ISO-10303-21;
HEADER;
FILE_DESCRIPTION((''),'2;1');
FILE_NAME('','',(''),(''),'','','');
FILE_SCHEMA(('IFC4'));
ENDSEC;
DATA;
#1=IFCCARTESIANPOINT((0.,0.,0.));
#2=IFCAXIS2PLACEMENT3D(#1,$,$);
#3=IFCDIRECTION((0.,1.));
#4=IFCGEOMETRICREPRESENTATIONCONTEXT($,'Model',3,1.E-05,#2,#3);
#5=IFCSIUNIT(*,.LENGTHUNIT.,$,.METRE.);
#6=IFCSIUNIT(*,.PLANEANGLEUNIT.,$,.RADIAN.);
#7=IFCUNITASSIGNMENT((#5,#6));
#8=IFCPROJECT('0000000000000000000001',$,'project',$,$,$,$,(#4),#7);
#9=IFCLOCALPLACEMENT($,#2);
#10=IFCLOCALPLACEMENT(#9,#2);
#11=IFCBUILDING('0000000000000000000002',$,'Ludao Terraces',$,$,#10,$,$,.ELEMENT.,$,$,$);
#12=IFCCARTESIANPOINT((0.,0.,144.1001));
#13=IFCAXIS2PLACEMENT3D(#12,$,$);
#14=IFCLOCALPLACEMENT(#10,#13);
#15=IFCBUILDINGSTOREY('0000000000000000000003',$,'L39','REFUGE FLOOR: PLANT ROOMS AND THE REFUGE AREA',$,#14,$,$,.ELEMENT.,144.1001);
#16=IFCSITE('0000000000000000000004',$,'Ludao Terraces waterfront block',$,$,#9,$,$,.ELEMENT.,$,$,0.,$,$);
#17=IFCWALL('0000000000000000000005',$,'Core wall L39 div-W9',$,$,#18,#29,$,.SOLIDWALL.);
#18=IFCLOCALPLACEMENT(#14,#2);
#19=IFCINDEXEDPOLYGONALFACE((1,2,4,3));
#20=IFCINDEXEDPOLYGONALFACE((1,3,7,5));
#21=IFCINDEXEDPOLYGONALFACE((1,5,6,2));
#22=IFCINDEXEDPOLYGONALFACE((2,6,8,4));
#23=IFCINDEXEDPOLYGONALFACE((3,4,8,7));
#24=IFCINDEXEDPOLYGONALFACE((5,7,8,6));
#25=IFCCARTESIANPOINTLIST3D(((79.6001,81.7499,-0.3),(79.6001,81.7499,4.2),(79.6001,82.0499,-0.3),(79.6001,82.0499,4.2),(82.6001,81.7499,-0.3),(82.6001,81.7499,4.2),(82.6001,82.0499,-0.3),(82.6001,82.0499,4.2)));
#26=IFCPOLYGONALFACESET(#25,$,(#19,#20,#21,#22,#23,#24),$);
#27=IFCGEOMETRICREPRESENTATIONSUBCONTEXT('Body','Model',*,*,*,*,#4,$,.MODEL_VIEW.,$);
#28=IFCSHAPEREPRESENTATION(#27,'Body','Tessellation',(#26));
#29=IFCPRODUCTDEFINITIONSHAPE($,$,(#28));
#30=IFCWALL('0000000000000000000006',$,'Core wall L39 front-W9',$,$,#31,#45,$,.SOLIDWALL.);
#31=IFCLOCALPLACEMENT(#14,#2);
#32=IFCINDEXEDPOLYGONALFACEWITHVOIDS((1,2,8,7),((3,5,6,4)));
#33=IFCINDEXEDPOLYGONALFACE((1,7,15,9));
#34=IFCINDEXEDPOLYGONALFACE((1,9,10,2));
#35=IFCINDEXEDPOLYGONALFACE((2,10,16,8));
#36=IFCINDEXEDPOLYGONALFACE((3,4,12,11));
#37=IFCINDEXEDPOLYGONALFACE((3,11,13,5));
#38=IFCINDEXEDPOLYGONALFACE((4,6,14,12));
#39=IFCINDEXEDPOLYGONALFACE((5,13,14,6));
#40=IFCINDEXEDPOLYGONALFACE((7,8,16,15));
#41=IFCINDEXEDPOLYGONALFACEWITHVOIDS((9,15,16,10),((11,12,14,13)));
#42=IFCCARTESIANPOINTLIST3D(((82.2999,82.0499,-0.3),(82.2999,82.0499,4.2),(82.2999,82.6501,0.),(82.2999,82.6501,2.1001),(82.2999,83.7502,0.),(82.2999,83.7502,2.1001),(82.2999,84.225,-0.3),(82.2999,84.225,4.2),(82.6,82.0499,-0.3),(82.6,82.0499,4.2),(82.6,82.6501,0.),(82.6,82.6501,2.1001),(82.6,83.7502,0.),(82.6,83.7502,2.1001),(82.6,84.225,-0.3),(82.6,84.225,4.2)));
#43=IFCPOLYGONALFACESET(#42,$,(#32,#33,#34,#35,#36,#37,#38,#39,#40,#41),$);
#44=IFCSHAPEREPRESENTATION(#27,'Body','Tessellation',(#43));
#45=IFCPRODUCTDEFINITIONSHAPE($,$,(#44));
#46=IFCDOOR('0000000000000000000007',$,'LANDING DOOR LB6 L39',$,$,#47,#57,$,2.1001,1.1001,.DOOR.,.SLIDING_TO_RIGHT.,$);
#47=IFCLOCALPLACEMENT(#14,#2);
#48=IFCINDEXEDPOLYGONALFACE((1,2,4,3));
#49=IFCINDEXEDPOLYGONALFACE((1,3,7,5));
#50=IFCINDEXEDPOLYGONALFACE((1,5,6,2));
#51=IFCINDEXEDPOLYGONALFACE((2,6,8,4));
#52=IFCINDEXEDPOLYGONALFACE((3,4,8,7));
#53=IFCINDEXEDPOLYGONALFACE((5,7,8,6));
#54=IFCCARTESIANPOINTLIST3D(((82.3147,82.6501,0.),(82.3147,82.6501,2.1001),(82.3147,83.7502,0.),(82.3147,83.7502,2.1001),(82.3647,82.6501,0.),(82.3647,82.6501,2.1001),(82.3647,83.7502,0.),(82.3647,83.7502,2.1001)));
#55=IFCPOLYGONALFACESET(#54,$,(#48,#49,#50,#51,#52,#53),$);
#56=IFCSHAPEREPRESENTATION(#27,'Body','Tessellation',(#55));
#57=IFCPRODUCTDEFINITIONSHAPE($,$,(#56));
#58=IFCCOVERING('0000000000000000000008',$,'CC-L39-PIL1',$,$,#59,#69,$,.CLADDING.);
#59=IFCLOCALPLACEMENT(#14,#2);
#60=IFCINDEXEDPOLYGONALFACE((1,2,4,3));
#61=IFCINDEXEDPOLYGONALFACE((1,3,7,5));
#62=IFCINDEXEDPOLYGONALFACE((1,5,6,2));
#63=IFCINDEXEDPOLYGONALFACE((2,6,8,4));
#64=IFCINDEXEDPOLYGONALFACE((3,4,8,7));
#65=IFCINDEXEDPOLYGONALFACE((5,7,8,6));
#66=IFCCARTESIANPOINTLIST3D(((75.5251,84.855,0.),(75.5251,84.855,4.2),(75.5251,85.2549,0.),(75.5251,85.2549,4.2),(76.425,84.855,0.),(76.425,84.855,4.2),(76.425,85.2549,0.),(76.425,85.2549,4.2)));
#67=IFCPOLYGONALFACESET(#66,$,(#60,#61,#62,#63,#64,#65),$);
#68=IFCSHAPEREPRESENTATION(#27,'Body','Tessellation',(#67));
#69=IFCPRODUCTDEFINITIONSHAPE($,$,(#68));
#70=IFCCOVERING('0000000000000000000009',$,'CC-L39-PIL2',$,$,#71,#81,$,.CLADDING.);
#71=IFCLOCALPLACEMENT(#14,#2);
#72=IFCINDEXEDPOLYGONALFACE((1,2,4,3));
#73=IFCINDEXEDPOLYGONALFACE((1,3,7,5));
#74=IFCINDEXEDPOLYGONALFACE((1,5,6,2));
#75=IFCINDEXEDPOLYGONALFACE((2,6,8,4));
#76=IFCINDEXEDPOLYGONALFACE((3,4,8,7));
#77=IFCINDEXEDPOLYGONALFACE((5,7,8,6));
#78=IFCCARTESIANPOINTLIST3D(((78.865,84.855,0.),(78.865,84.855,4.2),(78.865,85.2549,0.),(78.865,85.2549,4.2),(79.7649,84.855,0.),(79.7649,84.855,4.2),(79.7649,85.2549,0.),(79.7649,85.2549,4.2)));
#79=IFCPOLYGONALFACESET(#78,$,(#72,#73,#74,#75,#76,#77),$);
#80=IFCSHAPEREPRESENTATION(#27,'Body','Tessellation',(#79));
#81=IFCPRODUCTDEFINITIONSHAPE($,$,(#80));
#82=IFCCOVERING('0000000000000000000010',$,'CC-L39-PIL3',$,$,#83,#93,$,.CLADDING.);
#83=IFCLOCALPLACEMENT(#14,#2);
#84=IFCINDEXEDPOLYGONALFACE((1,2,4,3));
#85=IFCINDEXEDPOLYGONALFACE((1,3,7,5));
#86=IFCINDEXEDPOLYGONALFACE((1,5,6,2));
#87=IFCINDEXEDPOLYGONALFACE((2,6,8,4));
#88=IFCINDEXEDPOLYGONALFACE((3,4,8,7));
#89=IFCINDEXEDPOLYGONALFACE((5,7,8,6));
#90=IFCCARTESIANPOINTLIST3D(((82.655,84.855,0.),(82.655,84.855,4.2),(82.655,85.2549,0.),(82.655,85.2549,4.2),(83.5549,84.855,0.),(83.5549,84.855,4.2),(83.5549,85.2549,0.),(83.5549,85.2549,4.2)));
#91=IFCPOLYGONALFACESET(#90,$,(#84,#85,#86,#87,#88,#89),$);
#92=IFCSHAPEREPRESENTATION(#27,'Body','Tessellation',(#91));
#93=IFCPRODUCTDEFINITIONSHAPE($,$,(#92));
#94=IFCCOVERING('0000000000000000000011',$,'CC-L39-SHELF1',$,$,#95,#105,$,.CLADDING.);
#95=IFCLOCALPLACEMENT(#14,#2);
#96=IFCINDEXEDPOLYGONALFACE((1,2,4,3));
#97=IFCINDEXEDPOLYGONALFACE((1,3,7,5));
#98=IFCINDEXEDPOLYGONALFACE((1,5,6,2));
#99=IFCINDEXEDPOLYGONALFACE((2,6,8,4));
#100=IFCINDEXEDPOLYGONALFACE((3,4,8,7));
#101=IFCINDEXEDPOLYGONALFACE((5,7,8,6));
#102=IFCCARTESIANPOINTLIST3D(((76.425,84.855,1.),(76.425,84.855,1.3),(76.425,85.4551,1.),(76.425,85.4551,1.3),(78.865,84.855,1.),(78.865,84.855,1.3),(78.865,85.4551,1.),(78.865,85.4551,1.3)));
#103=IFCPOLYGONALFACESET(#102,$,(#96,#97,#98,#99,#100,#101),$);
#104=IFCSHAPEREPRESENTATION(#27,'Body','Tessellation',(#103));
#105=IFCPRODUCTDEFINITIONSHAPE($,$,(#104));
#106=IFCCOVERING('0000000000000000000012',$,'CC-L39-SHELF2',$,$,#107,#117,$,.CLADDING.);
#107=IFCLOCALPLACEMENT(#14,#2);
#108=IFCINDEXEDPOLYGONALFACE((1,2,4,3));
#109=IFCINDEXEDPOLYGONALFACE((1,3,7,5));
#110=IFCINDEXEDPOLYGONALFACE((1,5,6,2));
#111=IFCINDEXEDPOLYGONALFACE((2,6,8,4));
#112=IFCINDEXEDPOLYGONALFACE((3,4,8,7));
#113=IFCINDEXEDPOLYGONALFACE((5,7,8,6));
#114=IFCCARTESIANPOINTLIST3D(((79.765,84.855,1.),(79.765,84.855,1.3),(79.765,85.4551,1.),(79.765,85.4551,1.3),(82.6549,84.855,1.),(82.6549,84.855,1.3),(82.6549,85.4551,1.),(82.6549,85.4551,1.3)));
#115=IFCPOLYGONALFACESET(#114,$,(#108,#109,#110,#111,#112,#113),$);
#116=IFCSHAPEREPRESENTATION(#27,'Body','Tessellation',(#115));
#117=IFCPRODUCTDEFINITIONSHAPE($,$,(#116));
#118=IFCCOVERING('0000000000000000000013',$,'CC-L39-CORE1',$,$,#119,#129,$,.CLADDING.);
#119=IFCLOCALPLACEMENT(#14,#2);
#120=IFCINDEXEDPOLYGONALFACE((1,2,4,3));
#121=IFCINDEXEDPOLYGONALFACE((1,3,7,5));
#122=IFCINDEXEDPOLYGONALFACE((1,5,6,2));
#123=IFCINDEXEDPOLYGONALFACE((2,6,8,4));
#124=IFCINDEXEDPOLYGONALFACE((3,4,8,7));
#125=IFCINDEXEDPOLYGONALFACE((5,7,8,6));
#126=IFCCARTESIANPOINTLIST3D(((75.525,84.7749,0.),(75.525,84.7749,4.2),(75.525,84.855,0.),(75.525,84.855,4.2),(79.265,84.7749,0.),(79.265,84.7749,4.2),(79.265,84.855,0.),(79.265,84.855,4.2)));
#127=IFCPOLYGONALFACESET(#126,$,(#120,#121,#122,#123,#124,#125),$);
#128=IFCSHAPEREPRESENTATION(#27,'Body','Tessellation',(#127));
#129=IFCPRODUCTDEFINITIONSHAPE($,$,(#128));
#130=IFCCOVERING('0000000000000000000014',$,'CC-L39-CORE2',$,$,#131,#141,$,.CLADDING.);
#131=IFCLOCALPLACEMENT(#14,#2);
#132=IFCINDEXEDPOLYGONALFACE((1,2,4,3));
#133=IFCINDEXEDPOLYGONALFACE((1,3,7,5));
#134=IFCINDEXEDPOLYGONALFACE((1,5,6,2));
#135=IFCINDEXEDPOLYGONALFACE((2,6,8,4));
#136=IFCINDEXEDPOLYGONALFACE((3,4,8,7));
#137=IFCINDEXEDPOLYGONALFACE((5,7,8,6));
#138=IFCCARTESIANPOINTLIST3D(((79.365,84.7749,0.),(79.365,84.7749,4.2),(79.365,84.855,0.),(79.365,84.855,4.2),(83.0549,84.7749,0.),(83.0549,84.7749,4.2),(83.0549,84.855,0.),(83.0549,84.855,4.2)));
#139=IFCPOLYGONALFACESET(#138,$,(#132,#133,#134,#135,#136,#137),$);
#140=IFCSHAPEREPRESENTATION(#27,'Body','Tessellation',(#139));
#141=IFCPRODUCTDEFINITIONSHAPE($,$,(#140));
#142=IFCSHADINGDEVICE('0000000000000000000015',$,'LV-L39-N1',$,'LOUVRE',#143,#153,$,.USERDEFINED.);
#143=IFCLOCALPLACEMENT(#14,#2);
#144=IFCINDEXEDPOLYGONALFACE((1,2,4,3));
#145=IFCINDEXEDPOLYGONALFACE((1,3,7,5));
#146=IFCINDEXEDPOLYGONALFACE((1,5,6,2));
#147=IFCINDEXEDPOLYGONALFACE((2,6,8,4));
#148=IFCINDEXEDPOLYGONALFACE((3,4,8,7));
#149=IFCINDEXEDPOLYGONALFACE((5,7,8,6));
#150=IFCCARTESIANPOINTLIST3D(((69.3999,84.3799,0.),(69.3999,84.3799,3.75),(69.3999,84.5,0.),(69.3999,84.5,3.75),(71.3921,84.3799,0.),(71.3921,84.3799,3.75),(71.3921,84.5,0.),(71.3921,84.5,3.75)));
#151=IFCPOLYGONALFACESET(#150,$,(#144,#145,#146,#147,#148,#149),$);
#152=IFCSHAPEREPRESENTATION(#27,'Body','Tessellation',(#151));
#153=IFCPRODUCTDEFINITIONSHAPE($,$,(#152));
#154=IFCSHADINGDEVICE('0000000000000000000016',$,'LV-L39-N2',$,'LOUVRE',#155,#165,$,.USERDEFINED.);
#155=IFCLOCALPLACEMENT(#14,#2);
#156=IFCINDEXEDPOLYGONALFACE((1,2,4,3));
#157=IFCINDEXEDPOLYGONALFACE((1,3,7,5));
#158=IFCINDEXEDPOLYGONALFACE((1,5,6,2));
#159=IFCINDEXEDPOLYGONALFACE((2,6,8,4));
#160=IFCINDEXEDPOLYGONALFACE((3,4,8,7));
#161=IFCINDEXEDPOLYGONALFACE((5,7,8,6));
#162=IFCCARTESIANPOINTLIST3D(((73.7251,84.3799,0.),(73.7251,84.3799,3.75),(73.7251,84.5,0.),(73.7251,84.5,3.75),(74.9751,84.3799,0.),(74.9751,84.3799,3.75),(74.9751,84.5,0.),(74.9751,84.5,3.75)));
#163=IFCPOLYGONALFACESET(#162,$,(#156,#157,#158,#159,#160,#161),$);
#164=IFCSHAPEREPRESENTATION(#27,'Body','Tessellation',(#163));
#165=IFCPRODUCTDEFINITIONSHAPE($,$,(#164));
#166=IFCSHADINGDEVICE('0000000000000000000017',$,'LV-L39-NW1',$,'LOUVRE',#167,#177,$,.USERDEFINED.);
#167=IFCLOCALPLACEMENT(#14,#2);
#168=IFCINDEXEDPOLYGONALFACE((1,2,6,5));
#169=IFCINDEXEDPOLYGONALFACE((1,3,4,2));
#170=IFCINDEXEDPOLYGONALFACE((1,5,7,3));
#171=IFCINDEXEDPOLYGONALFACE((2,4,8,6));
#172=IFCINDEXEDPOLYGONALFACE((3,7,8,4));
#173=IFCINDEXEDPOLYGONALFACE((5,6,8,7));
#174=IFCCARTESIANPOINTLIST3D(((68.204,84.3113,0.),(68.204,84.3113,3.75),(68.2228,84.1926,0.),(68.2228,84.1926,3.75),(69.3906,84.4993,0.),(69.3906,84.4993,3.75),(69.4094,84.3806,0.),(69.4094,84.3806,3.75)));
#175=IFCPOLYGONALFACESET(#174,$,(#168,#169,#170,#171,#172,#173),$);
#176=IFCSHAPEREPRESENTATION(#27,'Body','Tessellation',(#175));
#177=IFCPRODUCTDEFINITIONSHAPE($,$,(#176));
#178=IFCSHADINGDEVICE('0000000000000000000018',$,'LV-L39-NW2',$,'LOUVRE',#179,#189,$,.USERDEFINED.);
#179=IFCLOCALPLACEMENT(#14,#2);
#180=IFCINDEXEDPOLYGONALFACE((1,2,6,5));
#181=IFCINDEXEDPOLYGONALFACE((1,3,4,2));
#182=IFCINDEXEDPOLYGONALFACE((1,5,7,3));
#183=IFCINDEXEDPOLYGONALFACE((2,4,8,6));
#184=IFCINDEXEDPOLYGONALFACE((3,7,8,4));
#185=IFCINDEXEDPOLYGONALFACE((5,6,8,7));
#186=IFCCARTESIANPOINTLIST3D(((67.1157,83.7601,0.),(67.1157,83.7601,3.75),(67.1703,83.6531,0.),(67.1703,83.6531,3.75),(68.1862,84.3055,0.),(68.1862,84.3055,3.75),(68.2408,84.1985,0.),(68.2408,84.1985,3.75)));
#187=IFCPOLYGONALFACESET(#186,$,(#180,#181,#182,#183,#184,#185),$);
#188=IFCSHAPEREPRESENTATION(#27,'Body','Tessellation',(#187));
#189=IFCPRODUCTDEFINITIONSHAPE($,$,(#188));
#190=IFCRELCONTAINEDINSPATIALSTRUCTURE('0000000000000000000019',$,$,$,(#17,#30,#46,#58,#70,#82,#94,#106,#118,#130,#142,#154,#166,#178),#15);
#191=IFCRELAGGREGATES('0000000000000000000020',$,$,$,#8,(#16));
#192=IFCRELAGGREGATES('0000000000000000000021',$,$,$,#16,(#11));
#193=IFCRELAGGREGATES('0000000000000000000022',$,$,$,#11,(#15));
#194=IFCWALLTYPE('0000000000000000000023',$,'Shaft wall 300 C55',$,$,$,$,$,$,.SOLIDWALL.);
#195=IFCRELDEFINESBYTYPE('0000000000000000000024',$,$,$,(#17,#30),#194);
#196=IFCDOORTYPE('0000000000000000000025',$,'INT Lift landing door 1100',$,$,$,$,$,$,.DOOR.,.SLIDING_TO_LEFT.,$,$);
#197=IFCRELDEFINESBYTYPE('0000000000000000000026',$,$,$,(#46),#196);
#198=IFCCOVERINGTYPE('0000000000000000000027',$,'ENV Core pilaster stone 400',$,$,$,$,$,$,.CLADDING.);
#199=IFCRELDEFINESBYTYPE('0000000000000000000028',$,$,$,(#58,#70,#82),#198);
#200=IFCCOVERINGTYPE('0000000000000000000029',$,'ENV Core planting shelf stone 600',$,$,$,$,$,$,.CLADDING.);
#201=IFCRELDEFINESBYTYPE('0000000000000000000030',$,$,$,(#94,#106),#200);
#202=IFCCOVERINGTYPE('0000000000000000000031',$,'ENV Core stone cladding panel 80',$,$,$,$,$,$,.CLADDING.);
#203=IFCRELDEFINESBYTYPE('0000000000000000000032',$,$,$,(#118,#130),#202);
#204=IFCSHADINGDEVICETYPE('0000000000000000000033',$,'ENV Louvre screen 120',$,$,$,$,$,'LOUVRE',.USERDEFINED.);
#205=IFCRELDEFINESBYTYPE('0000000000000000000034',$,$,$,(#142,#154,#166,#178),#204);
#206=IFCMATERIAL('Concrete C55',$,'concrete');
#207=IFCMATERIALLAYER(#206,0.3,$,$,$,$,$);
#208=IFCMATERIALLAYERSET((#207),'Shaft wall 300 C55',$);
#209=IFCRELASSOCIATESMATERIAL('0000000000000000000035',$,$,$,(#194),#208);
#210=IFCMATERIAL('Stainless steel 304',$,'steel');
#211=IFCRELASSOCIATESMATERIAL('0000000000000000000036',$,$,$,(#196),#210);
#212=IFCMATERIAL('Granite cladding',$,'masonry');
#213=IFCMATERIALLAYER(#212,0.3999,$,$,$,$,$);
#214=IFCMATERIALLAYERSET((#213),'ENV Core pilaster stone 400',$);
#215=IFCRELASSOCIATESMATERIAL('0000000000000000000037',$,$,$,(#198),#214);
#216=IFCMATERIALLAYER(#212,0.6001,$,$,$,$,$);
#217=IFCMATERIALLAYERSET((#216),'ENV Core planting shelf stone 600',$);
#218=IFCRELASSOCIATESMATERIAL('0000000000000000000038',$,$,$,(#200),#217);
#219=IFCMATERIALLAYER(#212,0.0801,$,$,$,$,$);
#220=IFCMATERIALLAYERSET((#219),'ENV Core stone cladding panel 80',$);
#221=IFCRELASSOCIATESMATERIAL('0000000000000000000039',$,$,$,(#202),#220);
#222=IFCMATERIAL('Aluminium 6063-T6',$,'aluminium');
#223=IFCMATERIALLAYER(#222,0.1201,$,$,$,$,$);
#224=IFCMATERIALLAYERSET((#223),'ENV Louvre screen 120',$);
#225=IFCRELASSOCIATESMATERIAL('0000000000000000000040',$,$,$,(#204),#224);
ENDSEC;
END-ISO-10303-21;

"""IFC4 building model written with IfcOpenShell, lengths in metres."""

from ifc_helpers import new_model, si_unit, direction, frame, frame_2d, origin, origin_2d, place, context, subcontext, project, spatial, rectangle, extrude, material, layer, layer_set, type_object, element, fill, save


model = new_model("IFC4")

# Units and contexts
model_context = context("Model", 3, precision=1e-05, world=origin(), true_north=direction((0.0, 1.0)))
body_context = subcontext(model_context, "Body", "Model", "MODEL_VIEW")
ifc_project = project(units=[si_unit("LENGTHUNIT", "METRE"), si_unit("PLANEANGLEUNIT", "RADIAN")], contexts=[model_context])

# Site, building, storey
site_placement = place(None, origin())
site = spatial("IfcSite", under=ifc_project, at=site_placement, Name="Ludao Terraces waterfront block", CompositionType="ELEMENT", RefElevation=0.0)
building_placement = place(site_placement, origin())
building = spatial("IfcBuilding", under=site, at=building_placement, Name="Ludao Terraces", CompositionType="ELEMENT")
storey_placement = place(building_placement, frame((0.0, 0.0, 144.1001)))
storey = spatial("IfcBuildingStorey", under=building, at=storey_placement, Name="L39", Description="REFUGE FLOOR: PLANT ROOMS AND THE REFUGE AREA", CompositionType="ELEMENT", Elevation=144.1001)

# Shared definitions
ifc_material_1 = material(Name="Concrete C55", Category="concrete")
ifc_layer_1 = layer(ifc_material_1, 0.3)
ifc_layer_set_1 = layer_set([ifc_layer_1], Name="Shaft wall 300 C55")
wall_type_1 = type_object("IfcWallType", Name="Shaft wall 300 C55", PredefinedType="SOLIDWALL", material=ifc_layer_set_1)

# Shared definitions
ifc_material_2 = material(Name="Stainless steel 304", Category="steel")
door_type = type_object("IfcDoorType", Name="INT Lift landing door 1100", OperationType="SLIDING_TO_LEFT", PredefinedType="DOOR", material=ifc_material_2)

# Wall
wall_1_placement = place(storey_placement, frame((79.6001, 81.8999, -0.3), z_axis=(0.0, 0.0, 1.0), x_axis=(1.0, 0.0, 0.0)))
element("IfcWall", 1, at=wall_1_placement, inside=storey, type_object=wall_type_1, Name="Core wall L39 div-W9", PredefinedType="SOLIDWALL", context=body_context, shape_type="SweptSolid", body=[
    extrude(rectangle(XDim=3.0, YDim=0.3, at=frame_2d((1.5, 0.0))), origin(), (0.0, 0.0, 1.0), 4.5),
])

# Wall, opening, door
wall_2_placement = place(storey_placement, frame((82.45, 82.05, -0.3), z_axis=(0.0, 0.0, 1.0), x_axis=(0.0, 1.0, 0.0)))
wall_2 = element("IfcWall", 2, at=wall_2_placement, inside=storey, type_object=wall_type_1, Name="Core wall L39 front-W9", PredefinedType="SOLIDWALL", context=body_context, shape_type="SweptSolid", body=[
    extrude(rectangle(XDim=2.175, YDim=0.3, at=frame_2d((1.0874, 0.0))), origin(), (0.0, 0.0, 1.0), 4.5),
])
opening_1_placement = place(wall_2_placement, frame((0.6001, 0.0, 0.3)))
opening_1 = element("IfcOpeningElement", 3, at=opening_1_placement, cuts=wall_2, PredefinedType="OPENING", context=body_context, shape_type="SweptSolid", body=[
    extrude(rectangle(XDim=1.1001, YDim=2.1001, at=frame_2d((0.55, 1.05))), frame((0.0, 0.1602, 0.0), z_axis=(0.0, -1.0, 0.0), x_axis=(1.0, 0.0, 0.0)), (0.0, 0.0, 1.0), 0.3201),
])
door_1_placement = place(opening_1_placement, origin())
door_1 = element("IfcDoor", 4, at=door_1_placement, inside=storey, type_object=door_type, Name="LANDING DOOR LB6 L39", OperationType="SLIDING_TO_RIGHT", OverallHeight=2.1001, OverallWidth=1.1001, PredefinedType="DOOR", context=body_context, shape_type="SweptSolid", body=[
    extrude(rectangle(XDim=1.1001, YDim=2.1001, at=frame_2d((0.55, 1.05))), frame((0.0, 0.1353, 0.0), z_axis=(0.0, -1.0, 0.0), x_axis=(1.0, 0.0, 0.0)), (0.0, 0.0, 1.0), 0.05),
])
fill(opening_1, door_1)

# Coverings
ifc_material_3 = material(Name="Granite cladding", Category="masonry")
ifc_layer_2 = layer(ifc_material_3, 0.3999)
ifc_layer_set_2 = layer_set([ifc_layer_2], Name="ENV Core pilaster stone 400")
covering_type_1 = type_object("IfcCoveringType", Name="ENV Core pilaster stone 400", PredefinedType="CLADDING", material=ifc_layer_set_2)
for number, where, z_axis, x_axis, name in (
    (5, (75.9751, 85.0549, 0.0), (0.0, 0.0, 1.0), (1.0, 0.0, 0.0), "CC-L39-PIL1"),
    (6, (79.3149, 85.0549, 0.0), (0.0, 0.0, 1.0), (1.0, 0.0, 0.0), "CC-L39-PIL2"),
    (7, (83.105, 85.0549, 0.0), (0.0, 0.0, 1.0), (1.0, 0.0, 0.0), "CC-L39-PIL3"),
):
    element("IfcCovering", number, at=place(storey_placement, frame(where, z_axis=z_axis, x_axis=x_axis)), inside=storey, type_object=covering_type_1, Name=name, PredefinedType="CLADDING", context=body_context, shape_type="SweptSolid", body=[
        extrude(rectangle(XDim=0.8999, YDim=0.3999, at=origin_2d()), origin(), (0.0, 0.0, 1.0), 4.2),
    ])
ifc_layer_3 = layer(ifc_material_3, 0.6001)
ifc_layer_set_3 = layer_set([ifc_layer_3], Name="ENV Core planting shelf stone 600")
covering_type_2 = type_object("IfcCoveringType", Name="ENV Core planting shelf stone 600", PredefinedType="CLADDING", material=ifc_layer_set_3)
covering_1_placement = place(storey_placement, frame((77.645, 85.155, 1.0), z_axis=(0.0, 0.0, 1.0), x_axis=(1.0, 0.0, 0.0)))
element("IfcCovering", 8, at=covering_1_placement, inside=storey, type_object=covering_type_2, Name="CC-L39-SHELF1", PredefinedType="CLADDING", context=body_context, shape_type="SweptSolid", body=[
    extrude(rectangle(XDim=2.4399, YDim=0.6001, at=origin_2d()), origin(), (0.0, 0.0, 1.0), 0.3),
])
covering_2_placement = place(storey_placement, frame((81.21, 85.155, 1.0), z_axis=(0.0, 0.0, 1.0), x_axis=(1.0, 0.0, 0.0)))
element("IfcCovering", 9, at=covering_2_placement, inside=storey, type_object=covering_type_2, Name="CC-L39-SHELF2", PredefinedType="CLADDING", context=body_context, shape_type="SweptSolid", body=[
    extrude(rectangle(XDim=2.8899, YDim=0.6001, at=origin_2d()), origin(), (0.0, 0.0, 1.0), 0.3),
])
ifc_layer_4 = layer(ifc_material_3, 0.0801)
ifc_layer_set_4 = layer_set([ifc_layer_4], Name="ENV Core stone cladding panel 80")
covering_type_3 = type_object("IfcCoveringType", Name="ENV Core stone cladding panel 80", PredefinedType="CLADDING", material=ifc_layer_set_4)
covering_3_placement = place(storey_placement, frame((77.395, 84.8149, 0.0), z_axis=(0.0, 0.0, 1.0), x_axis=(1.0, 0.0, 0.0)))
element("IfcCovering", 10, at=covering_3_placement, inside=storey, type_object=covering_type_3, Name="CC-L39-CORE1", PredefinedType="CLADDING", context=body_context, shape_type="SweptSolid", body=[
    extrude(rectangle(XDim=3.74, YDim=0.0801, at=origin_2d()), origin(), (0.0, 0.0, 1.0), 4.2),
])
covering_4_placement = place(storey_placement, frame((81.21, 84.8149, 0.0), z_axis=(0.0, 0.0, 1.0), x_axis=(1.0, 0.0, 0.0)))
element("IfcCovering", 11, at=covering_4_placement, inside=storey, type_object=covering_type_3, Name="CC-L39-CORE2", PredefinedType="CLADDING", context=body_context, shape_type="SweptSolid", body=[
    extrude(rectangle(XDim=3.6899, YDim=0.0801, at=origin_2d()), origin(), (0.0, 0.0, 1.0), 4.2),
])

# Shading devices
ifc_material_4 = material(Name="Aluminium 6063-T6", Category="aluminium")
ifc_layer_5 = layer(ifc_material_4, 0.1201)
ifc_layer_set_5 = layer_set([ifc_layer_5], Name="ENV Louvre screen 120")
shading_device_type = type_object("IfcShadingDeviceType", Name="ENV Louvre screen 120", ElementType="LOUVRE", PredefinedType="USERDEFINED", material=ifc_layer_set_5)
shading_device_1_placement = place(storey_placement, frame((69.3999, 84.4399, 0.0), z_axis=(0.0, 0.0, 1.0), x_axis=(1.0, 0.0, 0.0)))
element("IfcShadingDevice", 12, at=shading_device_1_placement, inside=storey, type_object=shading_device_type, Name="LV-L39-N1", ObjectType="LOUVRE", PredefinedType="USERDEFINED", context=body_context, shape_type="SweptSolid", body=[
    extrude(rectangle(XDim=1.9922, YDim=0.1201, at=frame_2d((0.9961, 0.0))), origin(), (0.0, 0.0, 1.0), 3.75),
])
shading_device_2_placement = place(storey_placement, frame((73.7251, 84.4399, 0.0), z_axis=(0.0, 0.0, 1.0), x_axis=(1.0, 0.0, 0.0)))
element("IfcShadingDevice", 13, at=shading_device_2_placement, inside=storey, type_object=shading_device_type, Name="LV-L39-N2", ObjectType="LOUVRE", PredefinedType="USERDEFINED", context=body_context, shape_type="SweptSolid", body=[
    extrude(rectangle(XDim=1.25, YDim=0.1201, at=frame_2d((0.625, 0.0))), origin(), (0.0, 0.0, 1.0), 3.75),
])
for number, where, z_axis, x_axis, name in (
    (14, (69.3999, 84.4399, 0.0), (0.0, 0.0, 1.0), (-0.98768, -0.156484, 0.0), "LV-L39-NW1"),
    (15, (68.2134, 84.252, 0.0), (0.0, 0.0, 1.0), (-0.891029, -0.453947, 0.0), "LV-L39-NW2"),
):
    element("IfcShadingDevice", number, at=place(storey_placement, frame(where, z_axis=z_axis, x_axis=x_axis)), inside=storey, type_object=shading_device_type, Name=name, ObjectType="LOUVRE", PredefinedType="USERDEFINED", context=body_context, shape_type="SweptSolid", body=[
        extrude(rectangle(XDim=1.2014, YDim=0.1201, at=frame_2d((0.6006, 0.0))), origin(), (0.0, 0.0, 1.0), 3.75),
    ])

save(model, "model.ifc")
